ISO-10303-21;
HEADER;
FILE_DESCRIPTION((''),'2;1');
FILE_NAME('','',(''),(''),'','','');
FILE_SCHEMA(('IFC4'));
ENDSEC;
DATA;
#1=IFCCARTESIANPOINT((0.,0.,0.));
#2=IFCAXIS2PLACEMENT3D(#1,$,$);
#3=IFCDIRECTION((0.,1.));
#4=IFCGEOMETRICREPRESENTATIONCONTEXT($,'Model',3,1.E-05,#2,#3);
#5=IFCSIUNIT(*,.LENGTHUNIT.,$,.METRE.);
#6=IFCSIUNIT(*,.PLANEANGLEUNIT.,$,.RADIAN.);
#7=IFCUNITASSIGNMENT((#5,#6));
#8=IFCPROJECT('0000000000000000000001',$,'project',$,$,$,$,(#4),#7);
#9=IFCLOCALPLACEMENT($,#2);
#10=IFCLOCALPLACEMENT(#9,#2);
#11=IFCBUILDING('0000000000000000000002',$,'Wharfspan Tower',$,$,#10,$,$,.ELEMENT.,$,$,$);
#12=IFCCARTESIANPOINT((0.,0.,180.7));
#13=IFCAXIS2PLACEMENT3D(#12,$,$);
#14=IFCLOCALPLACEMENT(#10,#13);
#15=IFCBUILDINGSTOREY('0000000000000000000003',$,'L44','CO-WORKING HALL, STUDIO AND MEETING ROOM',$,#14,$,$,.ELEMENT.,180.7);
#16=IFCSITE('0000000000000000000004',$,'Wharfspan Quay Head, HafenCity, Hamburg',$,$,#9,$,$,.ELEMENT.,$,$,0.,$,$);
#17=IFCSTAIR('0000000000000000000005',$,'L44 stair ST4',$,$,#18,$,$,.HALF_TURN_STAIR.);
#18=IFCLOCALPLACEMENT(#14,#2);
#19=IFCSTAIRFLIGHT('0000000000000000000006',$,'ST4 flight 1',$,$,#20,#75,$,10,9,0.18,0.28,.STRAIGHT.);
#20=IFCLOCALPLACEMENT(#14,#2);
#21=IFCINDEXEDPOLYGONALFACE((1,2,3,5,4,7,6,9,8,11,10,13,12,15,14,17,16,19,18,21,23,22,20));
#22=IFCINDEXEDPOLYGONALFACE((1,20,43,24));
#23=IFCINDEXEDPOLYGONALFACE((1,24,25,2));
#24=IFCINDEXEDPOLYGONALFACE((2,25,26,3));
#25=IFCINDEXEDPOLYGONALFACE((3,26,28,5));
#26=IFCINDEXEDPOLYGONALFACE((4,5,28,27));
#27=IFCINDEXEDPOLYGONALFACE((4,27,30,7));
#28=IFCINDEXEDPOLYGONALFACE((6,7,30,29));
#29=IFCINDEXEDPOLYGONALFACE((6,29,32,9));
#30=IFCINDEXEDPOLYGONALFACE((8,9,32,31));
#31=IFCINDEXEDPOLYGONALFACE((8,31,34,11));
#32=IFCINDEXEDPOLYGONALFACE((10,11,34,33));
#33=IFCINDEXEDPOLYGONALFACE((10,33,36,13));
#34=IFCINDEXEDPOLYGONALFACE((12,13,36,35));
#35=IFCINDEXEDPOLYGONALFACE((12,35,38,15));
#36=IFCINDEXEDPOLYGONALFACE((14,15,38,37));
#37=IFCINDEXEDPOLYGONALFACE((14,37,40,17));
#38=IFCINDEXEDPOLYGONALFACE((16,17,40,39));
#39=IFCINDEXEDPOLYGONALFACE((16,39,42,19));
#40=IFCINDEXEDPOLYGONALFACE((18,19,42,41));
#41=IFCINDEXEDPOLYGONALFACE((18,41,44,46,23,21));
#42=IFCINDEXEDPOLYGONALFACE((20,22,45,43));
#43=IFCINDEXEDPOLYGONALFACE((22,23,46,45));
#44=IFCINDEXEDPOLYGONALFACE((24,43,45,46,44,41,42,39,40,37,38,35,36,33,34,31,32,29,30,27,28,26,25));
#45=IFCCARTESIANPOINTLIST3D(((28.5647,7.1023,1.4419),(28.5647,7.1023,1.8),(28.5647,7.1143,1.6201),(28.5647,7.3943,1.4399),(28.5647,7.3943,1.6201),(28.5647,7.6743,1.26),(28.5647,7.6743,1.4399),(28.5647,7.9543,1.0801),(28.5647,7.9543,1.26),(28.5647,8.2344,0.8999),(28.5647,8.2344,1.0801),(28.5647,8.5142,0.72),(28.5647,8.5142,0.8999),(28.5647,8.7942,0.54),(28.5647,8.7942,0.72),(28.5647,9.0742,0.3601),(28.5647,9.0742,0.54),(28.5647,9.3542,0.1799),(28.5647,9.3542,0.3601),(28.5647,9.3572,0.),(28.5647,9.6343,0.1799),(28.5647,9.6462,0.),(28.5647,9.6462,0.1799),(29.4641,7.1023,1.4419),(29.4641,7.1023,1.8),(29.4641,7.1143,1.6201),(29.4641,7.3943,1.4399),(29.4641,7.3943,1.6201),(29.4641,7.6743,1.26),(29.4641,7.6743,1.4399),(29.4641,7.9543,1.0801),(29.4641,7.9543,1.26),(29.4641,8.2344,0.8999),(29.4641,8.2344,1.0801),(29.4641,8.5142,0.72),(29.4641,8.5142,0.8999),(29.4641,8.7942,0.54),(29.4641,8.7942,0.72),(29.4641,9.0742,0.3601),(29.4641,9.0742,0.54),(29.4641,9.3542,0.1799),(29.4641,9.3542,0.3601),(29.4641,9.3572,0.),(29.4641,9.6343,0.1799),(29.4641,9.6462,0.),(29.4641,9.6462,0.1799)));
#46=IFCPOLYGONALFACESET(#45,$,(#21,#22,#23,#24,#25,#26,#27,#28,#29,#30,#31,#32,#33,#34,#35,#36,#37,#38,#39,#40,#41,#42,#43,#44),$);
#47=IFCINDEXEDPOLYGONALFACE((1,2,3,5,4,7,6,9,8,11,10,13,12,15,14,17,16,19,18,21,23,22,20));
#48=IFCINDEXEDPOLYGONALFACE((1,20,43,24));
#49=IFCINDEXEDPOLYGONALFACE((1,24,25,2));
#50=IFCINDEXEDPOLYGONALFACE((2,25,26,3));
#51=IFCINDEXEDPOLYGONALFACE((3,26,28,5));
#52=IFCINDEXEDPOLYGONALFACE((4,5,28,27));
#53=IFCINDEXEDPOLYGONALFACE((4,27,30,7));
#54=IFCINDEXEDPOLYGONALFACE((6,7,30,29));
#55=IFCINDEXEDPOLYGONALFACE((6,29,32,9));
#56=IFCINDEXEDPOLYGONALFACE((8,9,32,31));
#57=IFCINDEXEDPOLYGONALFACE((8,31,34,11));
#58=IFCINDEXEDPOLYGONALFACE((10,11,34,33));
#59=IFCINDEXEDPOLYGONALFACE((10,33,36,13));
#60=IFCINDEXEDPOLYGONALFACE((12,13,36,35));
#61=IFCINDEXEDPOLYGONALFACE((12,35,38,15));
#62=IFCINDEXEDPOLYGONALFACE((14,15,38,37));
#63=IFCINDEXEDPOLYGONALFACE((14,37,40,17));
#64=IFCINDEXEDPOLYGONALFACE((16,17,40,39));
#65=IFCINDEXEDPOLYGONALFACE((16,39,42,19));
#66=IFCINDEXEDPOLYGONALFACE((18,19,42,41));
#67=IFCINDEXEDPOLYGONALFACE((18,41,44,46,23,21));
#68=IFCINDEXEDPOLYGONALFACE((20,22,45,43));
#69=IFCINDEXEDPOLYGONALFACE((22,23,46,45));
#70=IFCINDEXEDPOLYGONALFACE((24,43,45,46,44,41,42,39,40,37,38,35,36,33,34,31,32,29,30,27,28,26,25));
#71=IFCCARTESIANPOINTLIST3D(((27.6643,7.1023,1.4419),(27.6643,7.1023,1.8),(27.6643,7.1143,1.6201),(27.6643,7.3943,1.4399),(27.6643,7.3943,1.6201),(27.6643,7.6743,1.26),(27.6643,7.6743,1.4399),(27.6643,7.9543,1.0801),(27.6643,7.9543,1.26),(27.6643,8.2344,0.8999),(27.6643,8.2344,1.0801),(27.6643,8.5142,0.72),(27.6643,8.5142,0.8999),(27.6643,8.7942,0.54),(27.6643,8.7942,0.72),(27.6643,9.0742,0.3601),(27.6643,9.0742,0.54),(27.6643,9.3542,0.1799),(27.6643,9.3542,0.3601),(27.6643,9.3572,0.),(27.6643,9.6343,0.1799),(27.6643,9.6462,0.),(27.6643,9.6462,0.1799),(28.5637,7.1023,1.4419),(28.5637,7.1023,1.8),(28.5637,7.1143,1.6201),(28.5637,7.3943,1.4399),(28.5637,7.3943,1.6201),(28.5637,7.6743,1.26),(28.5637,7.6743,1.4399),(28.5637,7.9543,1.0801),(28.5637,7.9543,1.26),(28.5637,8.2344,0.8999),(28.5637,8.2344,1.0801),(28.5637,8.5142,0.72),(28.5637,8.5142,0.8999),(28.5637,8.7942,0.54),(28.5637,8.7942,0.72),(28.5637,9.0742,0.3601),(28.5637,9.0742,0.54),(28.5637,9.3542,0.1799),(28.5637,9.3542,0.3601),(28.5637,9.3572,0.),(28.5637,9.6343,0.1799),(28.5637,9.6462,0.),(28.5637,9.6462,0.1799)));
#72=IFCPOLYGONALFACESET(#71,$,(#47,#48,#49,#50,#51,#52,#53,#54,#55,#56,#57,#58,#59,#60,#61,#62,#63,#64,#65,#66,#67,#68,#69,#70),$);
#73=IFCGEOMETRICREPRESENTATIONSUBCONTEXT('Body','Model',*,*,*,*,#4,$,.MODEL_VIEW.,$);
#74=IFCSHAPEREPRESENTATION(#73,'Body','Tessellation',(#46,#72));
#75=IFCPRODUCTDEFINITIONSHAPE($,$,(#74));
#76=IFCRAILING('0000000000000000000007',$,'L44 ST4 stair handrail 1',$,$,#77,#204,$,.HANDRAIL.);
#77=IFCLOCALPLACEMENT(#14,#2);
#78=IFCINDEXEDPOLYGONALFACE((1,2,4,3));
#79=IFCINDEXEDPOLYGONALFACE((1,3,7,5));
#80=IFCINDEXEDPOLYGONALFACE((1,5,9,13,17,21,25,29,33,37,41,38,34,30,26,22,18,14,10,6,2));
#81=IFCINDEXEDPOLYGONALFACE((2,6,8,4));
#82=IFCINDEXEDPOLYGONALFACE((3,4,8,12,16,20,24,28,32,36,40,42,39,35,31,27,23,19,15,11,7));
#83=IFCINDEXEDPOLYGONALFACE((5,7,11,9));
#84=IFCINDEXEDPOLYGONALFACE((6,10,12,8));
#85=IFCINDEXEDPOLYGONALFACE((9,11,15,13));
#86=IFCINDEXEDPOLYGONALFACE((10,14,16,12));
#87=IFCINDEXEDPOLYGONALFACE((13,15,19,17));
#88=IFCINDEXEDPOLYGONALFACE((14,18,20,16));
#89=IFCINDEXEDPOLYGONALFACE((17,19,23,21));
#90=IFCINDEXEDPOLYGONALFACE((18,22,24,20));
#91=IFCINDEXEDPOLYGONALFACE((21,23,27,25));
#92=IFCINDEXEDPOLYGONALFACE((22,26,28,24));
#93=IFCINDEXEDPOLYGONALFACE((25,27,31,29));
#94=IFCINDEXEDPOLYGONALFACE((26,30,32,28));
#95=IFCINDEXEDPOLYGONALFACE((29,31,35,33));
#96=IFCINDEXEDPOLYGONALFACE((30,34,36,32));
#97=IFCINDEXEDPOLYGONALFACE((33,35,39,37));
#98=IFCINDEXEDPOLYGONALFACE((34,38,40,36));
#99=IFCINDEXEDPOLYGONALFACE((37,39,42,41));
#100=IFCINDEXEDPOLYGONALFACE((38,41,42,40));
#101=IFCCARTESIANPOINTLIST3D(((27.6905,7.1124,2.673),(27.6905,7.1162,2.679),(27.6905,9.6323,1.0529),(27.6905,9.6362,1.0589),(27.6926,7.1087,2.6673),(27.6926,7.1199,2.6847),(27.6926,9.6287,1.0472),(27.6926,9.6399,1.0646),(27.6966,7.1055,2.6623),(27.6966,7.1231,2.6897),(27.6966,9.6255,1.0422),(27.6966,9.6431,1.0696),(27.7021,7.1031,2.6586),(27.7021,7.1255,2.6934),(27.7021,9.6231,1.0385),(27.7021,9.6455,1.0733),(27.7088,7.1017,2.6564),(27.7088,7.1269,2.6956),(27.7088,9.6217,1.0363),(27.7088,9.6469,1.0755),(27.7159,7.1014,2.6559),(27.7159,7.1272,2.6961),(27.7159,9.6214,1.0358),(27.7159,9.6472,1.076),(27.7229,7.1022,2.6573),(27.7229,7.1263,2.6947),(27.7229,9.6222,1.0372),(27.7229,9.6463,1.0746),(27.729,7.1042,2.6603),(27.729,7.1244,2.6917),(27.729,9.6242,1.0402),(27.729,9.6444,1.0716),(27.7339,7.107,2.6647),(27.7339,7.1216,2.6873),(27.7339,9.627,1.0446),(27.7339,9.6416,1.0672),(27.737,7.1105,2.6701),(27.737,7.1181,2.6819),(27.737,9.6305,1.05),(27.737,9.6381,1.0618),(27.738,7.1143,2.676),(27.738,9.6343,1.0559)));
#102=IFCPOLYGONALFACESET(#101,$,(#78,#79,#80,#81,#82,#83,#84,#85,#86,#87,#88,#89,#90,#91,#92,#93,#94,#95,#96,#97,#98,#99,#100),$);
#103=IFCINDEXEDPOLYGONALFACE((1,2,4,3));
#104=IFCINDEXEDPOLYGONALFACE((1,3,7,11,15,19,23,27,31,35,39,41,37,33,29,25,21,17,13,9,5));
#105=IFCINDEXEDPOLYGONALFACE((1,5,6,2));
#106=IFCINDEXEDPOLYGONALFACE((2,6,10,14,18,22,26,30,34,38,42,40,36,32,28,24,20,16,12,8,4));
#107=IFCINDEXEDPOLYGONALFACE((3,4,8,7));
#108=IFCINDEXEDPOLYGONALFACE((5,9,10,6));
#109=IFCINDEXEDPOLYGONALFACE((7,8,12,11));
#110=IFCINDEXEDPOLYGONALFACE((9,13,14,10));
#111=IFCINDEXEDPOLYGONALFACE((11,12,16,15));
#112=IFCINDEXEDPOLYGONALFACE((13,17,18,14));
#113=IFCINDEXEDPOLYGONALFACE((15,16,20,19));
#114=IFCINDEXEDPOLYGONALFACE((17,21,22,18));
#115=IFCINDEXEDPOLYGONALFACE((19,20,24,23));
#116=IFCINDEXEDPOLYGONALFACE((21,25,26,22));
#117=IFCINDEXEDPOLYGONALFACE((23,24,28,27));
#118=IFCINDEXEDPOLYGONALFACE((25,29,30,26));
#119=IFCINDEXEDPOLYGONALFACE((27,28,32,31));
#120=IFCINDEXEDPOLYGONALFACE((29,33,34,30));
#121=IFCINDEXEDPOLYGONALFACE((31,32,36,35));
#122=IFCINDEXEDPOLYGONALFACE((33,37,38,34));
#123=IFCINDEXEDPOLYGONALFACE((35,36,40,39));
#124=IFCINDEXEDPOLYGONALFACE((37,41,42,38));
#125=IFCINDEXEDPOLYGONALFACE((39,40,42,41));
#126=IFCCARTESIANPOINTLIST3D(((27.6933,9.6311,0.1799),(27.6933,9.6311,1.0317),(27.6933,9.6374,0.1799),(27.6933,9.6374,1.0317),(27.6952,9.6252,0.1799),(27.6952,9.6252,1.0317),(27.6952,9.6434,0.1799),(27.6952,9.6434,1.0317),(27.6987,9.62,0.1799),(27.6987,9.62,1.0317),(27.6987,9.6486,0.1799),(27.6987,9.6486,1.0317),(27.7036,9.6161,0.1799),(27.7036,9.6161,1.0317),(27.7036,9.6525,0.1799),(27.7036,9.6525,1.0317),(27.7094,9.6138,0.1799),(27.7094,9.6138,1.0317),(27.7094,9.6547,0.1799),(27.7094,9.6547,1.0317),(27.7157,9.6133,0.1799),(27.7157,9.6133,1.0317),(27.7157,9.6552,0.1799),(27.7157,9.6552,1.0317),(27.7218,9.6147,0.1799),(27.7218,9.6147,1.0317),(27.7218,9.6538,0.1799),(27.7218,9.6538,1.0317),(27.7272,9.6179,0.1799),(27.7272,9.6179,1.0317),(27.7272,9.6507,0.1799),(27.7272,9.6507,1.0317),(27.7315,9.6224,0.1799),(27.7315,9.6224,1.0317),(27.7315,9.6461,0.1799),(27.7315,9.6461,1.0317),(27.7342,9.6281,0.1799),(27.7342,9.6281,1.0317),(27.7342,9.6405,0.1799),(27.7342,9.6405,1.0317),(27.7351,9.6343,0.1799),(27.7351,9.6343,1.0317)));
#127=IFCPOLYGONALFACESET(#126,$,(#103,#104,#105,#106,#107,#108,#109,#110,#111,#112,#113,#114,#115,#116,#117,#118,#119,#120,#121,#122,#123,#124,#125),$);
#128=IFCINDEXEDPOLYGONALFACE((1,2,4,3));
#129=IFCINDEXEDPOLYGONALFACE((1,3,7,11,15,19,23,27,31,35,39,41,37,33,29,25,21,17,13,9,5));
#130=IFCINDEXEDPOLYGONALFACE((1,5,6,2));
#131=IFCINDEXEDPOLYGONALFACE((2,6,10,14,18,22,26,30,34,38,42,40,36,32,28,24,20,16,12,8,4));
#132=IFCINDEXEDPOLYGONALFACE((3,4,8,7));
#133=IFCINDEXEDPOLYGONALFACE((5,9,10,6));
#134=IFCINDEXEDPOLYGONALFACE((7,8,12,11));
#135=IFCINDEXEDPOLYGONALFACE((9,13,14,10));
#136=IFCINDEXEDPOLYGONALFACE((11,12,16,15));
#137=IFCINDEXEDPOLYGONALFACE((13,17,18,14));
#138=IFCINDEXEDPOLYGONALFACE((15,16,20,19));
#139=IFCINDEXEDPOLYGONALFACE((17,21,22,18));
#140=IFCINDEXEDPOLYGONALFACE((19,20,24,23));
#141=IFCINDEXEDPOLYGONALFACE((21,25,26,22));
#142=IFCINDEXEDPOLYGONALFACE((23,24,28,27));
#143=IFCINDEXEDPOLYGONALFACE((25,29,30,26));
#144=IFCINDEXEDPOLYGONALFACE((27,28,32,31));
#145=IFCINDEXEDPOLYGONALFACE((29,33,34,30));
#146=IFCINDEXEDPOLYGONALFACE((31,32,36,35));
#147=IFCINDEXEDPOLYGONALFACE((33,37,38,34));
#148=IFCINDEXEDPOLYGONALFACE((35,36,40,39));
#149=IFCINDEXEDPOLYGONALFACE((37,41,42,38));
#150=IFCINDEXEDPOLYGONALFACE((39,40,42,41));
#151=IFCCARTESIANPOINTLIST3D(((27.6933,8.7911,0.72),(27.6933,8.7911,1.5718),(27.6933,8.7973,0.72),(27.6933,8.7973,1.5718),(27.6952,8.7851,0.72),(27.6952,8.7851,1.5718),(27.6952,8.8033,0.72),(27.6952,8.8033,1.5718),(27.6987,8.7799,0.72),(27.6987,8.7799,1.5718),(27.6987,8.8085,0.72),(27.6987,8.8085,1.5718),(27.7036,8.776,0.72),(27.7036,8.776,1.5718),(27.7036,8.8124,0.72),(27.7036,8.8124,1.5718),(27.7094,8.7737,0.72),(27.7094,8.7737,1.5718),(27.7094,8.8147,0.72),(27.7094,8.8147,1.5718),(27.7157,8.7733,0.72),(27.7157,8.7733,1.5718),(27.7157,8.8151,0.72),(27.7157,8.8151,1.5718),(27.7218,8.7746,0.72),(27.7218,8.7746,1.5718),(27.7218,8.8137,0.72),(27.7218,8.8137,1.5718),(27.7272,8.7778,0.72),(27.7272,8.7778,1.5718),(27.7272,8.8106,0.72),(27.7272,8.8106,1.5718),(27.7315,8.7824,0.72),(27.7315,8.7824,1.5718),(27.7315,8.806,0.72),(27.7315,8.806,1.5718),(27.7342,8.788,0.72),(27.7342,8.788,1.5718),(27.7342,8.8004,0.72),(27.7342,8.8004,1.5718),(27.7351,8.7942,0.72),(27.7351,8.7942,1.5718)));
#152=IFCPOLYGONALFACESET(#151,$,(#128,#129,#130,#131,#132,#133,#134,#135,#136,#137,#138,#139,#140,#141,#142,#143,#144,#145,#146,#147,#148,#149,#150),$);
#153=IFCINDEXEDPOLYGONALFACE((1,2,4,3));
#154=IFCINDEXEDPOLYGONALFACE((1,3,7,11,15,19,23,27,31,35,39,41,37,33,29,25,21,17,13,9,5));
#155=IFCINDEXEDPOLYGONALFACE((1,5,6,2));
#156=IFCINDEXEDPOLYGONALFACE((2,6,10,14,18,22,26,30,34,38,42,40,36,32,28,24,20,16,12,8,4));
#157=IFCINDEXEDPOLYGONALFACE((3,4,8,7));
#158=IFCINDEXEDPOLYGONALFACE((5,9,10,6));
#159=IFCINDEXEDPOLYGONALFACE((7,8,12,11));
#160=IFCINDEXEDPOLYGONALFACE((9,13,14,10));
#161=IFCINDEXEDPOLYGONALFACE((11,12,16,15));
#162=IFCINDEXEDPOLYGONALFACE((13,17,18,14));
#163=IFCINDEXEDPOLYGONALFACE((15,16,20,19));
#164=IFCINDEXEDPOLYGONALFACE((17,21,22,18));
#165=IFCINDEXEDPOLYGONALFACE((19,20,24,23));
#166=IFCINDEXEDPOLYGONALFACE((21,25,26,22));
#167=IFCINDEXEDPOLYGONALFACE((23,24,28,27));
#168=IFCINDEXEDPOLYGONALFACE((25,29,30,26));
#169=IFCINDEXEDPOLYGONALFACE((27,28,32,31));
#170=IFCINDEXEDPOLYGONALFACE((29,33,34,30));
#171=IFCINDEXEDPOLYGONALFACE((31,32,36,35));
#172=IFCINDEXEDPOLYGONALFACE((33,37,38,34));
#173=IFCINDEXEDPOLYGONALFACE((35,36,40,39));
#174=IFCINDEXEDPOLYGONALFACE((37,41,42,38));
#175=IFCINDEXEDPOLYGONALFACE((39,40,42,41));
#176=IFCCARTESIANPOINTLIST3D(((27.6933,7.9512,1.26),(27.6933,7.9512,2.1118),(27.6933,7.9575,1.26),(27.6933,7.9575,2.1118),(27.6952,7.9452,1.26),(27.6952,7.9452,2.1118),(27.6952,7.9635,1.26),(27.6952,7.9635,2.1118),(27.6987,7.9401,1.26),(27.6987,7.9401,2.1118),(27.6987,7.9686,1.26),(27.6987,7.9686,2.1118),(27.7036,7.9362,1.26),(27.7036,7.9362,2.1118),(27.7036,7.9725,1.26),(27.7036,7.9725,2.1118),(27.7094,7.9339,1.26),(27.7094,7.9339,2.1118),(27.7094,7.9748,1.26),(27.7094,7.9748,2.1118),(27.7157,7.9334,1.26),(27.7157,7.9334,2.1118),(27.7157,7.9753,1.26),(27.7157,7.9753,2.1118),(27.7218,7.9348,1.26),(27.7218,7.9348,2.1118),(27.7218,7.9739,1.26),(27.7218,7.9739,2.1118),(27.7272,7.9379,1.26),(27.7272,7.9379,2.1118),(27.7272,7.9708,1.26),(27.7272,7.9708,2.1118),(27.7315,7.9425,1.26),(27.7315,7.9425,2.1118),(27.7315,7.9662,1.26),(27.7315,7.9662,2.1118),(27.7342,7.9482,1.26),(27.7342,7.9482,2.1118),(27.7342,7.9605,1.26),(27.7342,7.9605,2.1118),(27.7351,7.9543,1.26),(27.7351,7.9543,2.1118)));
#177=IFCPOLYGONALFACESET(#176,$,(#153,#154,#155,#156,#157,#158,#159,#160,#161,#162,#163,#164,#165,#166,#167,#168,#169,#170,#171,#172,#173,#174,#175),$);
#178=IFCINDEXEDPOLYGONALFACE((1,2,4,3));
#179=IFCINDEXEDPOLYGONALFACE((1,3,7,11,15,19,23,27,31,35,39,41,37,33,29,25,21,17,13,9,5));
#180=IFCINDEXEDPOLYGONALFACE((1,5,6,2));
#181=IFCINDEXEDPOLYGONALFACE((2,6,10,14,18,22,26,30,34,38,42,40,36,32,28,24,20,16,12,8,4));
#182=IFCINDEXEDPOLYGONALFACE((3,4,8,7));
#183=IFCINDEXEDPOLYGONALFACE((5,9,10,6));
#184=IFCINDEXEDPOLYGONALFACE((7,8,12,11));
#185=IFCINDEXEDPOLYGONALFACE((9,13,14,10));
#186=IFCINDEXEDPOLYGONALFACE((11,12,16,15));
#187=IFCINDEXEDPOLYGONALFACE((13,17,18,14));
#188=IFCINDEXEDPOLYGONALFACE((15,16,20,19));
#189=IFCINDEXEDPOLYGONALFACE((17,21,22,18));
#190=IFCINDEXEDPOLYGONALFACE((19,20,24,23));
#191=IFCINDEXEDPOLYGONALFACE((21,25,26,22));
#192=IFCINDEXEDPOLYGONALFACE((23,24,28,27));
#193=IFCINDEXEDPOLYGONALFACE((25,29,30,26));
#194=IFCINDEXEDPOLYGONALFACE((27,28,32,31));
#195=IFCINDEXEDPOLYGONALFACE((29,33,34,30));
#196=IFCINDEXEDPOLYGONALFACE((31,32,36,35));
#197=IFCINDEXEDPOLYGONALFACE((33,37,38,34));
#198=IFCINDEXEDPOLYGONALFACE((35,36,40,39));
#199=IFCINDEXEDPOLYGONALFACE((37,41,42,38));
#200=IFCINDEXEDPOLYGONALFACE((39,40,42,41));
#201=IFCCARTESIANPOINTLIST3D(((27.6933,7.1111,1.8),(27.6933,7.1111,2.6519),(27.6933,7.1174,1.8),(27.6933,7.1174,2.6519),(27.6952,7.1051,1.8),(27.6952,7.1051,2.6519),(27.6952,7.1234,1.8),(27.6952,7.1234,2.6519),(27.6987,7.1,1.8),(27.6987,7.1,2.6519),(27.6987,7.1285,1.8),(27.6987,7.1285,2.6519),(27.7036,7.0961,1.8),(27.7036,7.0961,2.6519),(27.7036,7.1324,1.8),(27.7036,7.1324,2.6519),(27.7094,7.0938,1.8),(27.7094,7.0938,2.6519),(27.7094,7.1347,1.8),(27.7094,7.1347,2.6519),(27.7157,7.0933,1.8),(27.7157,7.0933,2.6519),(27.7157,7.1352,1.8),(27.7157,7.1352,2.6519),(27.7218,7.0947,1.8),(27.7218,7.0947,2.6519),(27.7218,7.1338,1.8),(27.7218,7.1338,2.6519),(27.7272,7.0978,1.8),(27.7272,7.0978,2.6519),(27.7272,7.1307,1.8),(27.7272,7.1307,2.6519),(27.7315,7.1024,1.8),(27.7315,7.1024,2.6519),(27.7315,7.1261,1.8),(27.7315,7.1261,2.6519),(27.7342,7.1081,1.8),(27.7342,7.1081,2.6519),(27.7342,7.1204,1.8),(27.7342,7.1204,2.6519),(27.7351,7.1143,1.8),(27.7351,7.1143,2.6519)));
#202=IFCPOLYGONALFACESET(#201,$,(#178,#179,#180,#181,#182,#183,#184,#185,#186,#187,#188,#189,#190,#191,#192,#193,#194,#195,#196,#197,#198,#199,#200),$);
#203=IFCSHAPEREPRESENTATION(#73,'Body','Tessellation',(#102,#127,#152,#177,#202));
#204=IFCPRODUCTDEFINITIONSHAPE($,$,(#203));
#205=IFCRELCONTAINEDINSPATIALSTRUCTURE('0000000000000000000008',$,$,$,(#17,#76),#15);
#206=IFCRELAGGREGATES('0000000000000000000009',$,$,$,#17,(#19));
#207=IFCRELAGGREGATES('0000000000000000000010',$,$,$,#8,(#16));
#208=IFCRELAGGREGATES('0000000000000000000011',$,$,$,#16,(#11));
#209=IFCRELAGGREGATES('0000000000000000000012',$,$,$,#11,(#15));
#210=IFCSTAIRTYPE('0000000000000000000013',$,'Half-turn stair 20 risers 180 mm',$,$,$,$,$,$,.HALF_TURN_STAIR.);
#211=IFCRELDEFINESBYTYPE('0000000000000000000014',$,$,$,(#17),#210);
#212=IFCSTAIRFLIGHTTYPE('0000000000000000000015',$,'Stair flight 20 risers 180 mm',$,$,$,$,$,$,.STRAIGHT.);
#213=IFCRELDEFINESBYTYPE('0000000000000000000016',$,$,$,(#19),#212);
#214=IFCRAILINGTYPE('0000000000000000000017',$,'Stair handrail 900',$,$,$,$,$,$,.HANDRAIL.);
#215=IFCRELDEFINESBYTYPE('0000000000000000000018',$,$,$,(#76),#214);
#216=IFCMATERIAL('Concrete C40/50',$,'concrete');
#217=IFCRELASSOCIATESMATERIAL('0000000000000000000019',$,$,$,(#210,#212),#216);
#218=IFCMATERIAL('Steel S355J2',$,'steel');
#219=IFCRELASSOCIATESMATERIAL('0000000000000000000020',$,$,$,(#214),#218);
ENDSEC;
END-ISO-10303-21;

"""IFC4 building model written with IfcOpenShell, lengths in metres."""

from ifc_helpers import new_model, si_unit, direction, frame, origin, origin_2d, place, context, subcontext, project, spatial, polyline, circle, outline, extrude, material, type_object, element, aggregate, save


model = new_model("IFC4")

# Units and contexts
model_context = context("Model", 3, precision=1e-05, world=origin(), true_north=direction((0.0, 1.0)))
body_context = subcontext(model_context, "Body", "Model", "MODEL_VIEW")
ifc_project = project(units=[si_unit("LENGTHUNIT", "METRE"), si_unit("PLANEANGLEUNIT", "RADIAN")], contexts=[model_context])

# Site, building, storey
site_placement = place(None, origin())
site = spatial("IfcSite", under=ifc_project, at=site_placement, Name="Wharfspan Quay Head, HafenCity, Hamburg", CompositionType="ELEMENT", RefElevation=0.0)
building_placement = place(site_placement, origin())
building = spatial("IfcBuilding", under=site, at=building_placement, Name="Wharfspan Tower", CompositionType="ELEMENT")
storey_placement = place(building_placement, frame((0.0, 0.0, 180.7)))
storey = spatial("IfcBuildingStorey", under=building, at=storey_placement, Name="L44", Description="CO-WORKING HALL, STUDIO AND MEETING ROOM", CompositionType="ELEMENT", Elevation=180.7)

# Shared definitions
ifc_material_1 = material(Name="Steel S355J2", Category="steel")

# Shared definitions
ifc_material_2 = material(Name="Concrete C40/50", Category="concrete")

# Stair, stair flight
stair_type = type_object("IfcStairType", Name="Half-turn stair 20 risers 180 mm", PredefinedType="HALF_TURN_STAIR", material=ifc_material_2)
stair_placement = place(storey_placement, origin())
stair = element("IfcStair", 1, at=stair_placement, inside=storey, type_object=stair_type, Name="L44 stair ST4", PredefinedType="HALF_TURN_STAIR")
stair_flight_type = type_object("IfcStairFlightType", Name="Stair flight 20 risers 180 mm", PredefinedType="STRAIGHT", material=ifc_material_2)
stair_flight_placement = place(storey_placement, frame((28.5642, 9.6343, 0.0), z_axis=(0.0, 0.0, 1.0), x_axis=(0.0, -1.0, 0.0)))
stair_flight = element("IfcStairFlight", 2, at=stair_flight_placement, type_object=stair_flight_type, Name="ST4 flight 1", NumberOfRisers=10, NumberOfTreads=9, PredefinedType="STRAIGHT", RiserHeight=0.18, TreadLength=0.28, context=body_context, shape_type="SweptSolid", body=[
    extrude(outline(polyline([(-0.012, 0.0), (-0.012, 0.1799), (0.0, 0.1799), (0.28, 0.1799), (0.28, 0.3601), (0.5601, 0.3601), (0.5601, 0.54), (0.8401, 0.54), (0.8401, 0.72), (1.1201, 0.72), (1.1201, 0.8999), (1.3999, 0.8999), (1.3999, 1.0801), (1.6799, 1.0801), (1.6799, 1.26), (1.96, 1.26), (1.96, 1.4399), (2.24, 1.4399), (2.24, 1.6201), (2.52, 1.6201), (2.532, 1.8), (2.532, 1.4419), (0.2771, 0.0), (-0.012, 0.0)])), frame((0.0, 0.8999, 0.0), z_axis=(0.0, -1.0, 0.0), x_axis=(1.0, 0.0, 0.0)), (0.0, 0.0, 1.0), 0.8994),
    extrude(outline(polyline([(-0.012, 0.0), (-0.012, 0.1799), (0.0, 0.1799), (0.28, 0.1799), (0.28, 0.3601), (0.5601, 0.3601), (0.5601, 0.54), (0.8401, 0.54), (0.8401, 0.72), (1.1201, 0.72), (1.1201, 0.8999), (1.3999, 0.8999), (1.3999, 1.0801), (1.6799, 1.0801), (1.6799, 1.26), (1.96, 1.26), (1.96, 1.4399), (2.24, 1.4399), (2.24, 1.6201), (2.52, 1.6201), (2.532, 1.8), (2.532, 1.4419), (0.2771, 0.0), (-0.012, 0.0)])), frame((0.0, -0.0005, 0.0), z_axis=(0.0, -1.0, 0.0), x_axis=(1.0, 0.0, 0.0)), (0.0, 0.0, 1.0), 0.8994),
])
aggregate(stair, [stair_flight])

# Railing
railing_type = type_object("IfcRailingType", Name="Stair handrail 900", PredefinedType="HANDRAIL", material=ifc_material_1)
railing_placement = place(storey_placement, frame((27.7141, 9.6343, 0.1799)))
element("IfcRailing", 3, at=railing_placement, inside=storey, type_object=railing_type, Name="L44 ST4 stair handrail 1", PredefinedType="HANDRAIL", context=body_context, shape_type="SweptSolid", body=[
    extrude(circle(Radius=0.0239, at=origin_2d()), frame((0.0, 0.0, 0.876), z_axis=(0.0, -0.841163, 0.540782), x_axis=(1.0, 0.0, 0.0)), (0.0, 0.0, 1.0), 2.9958),
    extrude(circle(Radius=0.021, at=origin_2d()), origin(), (0.0, 0.0, 1.0), 0.8518),
    extrude(circle(Radius=0.021, at=origin_2d()), frame((0.0, -0.8401, 0.54)), (0.0, 0.0, 1.0), 0.8518),
    extrude(circle(Radius=0.021, at=origin_2d()), frame((0.0, -1.6799, 1.0801)), (0.0, 0.0, 1.0), 0.8518),
    extrude(circle(Radius=0.021, at=origin_2d()), frame((0.0, -2.52, 1.6201)), (0.0, 0.0, 1.0), 0.8518),
])

save(model, "model.ifc")
